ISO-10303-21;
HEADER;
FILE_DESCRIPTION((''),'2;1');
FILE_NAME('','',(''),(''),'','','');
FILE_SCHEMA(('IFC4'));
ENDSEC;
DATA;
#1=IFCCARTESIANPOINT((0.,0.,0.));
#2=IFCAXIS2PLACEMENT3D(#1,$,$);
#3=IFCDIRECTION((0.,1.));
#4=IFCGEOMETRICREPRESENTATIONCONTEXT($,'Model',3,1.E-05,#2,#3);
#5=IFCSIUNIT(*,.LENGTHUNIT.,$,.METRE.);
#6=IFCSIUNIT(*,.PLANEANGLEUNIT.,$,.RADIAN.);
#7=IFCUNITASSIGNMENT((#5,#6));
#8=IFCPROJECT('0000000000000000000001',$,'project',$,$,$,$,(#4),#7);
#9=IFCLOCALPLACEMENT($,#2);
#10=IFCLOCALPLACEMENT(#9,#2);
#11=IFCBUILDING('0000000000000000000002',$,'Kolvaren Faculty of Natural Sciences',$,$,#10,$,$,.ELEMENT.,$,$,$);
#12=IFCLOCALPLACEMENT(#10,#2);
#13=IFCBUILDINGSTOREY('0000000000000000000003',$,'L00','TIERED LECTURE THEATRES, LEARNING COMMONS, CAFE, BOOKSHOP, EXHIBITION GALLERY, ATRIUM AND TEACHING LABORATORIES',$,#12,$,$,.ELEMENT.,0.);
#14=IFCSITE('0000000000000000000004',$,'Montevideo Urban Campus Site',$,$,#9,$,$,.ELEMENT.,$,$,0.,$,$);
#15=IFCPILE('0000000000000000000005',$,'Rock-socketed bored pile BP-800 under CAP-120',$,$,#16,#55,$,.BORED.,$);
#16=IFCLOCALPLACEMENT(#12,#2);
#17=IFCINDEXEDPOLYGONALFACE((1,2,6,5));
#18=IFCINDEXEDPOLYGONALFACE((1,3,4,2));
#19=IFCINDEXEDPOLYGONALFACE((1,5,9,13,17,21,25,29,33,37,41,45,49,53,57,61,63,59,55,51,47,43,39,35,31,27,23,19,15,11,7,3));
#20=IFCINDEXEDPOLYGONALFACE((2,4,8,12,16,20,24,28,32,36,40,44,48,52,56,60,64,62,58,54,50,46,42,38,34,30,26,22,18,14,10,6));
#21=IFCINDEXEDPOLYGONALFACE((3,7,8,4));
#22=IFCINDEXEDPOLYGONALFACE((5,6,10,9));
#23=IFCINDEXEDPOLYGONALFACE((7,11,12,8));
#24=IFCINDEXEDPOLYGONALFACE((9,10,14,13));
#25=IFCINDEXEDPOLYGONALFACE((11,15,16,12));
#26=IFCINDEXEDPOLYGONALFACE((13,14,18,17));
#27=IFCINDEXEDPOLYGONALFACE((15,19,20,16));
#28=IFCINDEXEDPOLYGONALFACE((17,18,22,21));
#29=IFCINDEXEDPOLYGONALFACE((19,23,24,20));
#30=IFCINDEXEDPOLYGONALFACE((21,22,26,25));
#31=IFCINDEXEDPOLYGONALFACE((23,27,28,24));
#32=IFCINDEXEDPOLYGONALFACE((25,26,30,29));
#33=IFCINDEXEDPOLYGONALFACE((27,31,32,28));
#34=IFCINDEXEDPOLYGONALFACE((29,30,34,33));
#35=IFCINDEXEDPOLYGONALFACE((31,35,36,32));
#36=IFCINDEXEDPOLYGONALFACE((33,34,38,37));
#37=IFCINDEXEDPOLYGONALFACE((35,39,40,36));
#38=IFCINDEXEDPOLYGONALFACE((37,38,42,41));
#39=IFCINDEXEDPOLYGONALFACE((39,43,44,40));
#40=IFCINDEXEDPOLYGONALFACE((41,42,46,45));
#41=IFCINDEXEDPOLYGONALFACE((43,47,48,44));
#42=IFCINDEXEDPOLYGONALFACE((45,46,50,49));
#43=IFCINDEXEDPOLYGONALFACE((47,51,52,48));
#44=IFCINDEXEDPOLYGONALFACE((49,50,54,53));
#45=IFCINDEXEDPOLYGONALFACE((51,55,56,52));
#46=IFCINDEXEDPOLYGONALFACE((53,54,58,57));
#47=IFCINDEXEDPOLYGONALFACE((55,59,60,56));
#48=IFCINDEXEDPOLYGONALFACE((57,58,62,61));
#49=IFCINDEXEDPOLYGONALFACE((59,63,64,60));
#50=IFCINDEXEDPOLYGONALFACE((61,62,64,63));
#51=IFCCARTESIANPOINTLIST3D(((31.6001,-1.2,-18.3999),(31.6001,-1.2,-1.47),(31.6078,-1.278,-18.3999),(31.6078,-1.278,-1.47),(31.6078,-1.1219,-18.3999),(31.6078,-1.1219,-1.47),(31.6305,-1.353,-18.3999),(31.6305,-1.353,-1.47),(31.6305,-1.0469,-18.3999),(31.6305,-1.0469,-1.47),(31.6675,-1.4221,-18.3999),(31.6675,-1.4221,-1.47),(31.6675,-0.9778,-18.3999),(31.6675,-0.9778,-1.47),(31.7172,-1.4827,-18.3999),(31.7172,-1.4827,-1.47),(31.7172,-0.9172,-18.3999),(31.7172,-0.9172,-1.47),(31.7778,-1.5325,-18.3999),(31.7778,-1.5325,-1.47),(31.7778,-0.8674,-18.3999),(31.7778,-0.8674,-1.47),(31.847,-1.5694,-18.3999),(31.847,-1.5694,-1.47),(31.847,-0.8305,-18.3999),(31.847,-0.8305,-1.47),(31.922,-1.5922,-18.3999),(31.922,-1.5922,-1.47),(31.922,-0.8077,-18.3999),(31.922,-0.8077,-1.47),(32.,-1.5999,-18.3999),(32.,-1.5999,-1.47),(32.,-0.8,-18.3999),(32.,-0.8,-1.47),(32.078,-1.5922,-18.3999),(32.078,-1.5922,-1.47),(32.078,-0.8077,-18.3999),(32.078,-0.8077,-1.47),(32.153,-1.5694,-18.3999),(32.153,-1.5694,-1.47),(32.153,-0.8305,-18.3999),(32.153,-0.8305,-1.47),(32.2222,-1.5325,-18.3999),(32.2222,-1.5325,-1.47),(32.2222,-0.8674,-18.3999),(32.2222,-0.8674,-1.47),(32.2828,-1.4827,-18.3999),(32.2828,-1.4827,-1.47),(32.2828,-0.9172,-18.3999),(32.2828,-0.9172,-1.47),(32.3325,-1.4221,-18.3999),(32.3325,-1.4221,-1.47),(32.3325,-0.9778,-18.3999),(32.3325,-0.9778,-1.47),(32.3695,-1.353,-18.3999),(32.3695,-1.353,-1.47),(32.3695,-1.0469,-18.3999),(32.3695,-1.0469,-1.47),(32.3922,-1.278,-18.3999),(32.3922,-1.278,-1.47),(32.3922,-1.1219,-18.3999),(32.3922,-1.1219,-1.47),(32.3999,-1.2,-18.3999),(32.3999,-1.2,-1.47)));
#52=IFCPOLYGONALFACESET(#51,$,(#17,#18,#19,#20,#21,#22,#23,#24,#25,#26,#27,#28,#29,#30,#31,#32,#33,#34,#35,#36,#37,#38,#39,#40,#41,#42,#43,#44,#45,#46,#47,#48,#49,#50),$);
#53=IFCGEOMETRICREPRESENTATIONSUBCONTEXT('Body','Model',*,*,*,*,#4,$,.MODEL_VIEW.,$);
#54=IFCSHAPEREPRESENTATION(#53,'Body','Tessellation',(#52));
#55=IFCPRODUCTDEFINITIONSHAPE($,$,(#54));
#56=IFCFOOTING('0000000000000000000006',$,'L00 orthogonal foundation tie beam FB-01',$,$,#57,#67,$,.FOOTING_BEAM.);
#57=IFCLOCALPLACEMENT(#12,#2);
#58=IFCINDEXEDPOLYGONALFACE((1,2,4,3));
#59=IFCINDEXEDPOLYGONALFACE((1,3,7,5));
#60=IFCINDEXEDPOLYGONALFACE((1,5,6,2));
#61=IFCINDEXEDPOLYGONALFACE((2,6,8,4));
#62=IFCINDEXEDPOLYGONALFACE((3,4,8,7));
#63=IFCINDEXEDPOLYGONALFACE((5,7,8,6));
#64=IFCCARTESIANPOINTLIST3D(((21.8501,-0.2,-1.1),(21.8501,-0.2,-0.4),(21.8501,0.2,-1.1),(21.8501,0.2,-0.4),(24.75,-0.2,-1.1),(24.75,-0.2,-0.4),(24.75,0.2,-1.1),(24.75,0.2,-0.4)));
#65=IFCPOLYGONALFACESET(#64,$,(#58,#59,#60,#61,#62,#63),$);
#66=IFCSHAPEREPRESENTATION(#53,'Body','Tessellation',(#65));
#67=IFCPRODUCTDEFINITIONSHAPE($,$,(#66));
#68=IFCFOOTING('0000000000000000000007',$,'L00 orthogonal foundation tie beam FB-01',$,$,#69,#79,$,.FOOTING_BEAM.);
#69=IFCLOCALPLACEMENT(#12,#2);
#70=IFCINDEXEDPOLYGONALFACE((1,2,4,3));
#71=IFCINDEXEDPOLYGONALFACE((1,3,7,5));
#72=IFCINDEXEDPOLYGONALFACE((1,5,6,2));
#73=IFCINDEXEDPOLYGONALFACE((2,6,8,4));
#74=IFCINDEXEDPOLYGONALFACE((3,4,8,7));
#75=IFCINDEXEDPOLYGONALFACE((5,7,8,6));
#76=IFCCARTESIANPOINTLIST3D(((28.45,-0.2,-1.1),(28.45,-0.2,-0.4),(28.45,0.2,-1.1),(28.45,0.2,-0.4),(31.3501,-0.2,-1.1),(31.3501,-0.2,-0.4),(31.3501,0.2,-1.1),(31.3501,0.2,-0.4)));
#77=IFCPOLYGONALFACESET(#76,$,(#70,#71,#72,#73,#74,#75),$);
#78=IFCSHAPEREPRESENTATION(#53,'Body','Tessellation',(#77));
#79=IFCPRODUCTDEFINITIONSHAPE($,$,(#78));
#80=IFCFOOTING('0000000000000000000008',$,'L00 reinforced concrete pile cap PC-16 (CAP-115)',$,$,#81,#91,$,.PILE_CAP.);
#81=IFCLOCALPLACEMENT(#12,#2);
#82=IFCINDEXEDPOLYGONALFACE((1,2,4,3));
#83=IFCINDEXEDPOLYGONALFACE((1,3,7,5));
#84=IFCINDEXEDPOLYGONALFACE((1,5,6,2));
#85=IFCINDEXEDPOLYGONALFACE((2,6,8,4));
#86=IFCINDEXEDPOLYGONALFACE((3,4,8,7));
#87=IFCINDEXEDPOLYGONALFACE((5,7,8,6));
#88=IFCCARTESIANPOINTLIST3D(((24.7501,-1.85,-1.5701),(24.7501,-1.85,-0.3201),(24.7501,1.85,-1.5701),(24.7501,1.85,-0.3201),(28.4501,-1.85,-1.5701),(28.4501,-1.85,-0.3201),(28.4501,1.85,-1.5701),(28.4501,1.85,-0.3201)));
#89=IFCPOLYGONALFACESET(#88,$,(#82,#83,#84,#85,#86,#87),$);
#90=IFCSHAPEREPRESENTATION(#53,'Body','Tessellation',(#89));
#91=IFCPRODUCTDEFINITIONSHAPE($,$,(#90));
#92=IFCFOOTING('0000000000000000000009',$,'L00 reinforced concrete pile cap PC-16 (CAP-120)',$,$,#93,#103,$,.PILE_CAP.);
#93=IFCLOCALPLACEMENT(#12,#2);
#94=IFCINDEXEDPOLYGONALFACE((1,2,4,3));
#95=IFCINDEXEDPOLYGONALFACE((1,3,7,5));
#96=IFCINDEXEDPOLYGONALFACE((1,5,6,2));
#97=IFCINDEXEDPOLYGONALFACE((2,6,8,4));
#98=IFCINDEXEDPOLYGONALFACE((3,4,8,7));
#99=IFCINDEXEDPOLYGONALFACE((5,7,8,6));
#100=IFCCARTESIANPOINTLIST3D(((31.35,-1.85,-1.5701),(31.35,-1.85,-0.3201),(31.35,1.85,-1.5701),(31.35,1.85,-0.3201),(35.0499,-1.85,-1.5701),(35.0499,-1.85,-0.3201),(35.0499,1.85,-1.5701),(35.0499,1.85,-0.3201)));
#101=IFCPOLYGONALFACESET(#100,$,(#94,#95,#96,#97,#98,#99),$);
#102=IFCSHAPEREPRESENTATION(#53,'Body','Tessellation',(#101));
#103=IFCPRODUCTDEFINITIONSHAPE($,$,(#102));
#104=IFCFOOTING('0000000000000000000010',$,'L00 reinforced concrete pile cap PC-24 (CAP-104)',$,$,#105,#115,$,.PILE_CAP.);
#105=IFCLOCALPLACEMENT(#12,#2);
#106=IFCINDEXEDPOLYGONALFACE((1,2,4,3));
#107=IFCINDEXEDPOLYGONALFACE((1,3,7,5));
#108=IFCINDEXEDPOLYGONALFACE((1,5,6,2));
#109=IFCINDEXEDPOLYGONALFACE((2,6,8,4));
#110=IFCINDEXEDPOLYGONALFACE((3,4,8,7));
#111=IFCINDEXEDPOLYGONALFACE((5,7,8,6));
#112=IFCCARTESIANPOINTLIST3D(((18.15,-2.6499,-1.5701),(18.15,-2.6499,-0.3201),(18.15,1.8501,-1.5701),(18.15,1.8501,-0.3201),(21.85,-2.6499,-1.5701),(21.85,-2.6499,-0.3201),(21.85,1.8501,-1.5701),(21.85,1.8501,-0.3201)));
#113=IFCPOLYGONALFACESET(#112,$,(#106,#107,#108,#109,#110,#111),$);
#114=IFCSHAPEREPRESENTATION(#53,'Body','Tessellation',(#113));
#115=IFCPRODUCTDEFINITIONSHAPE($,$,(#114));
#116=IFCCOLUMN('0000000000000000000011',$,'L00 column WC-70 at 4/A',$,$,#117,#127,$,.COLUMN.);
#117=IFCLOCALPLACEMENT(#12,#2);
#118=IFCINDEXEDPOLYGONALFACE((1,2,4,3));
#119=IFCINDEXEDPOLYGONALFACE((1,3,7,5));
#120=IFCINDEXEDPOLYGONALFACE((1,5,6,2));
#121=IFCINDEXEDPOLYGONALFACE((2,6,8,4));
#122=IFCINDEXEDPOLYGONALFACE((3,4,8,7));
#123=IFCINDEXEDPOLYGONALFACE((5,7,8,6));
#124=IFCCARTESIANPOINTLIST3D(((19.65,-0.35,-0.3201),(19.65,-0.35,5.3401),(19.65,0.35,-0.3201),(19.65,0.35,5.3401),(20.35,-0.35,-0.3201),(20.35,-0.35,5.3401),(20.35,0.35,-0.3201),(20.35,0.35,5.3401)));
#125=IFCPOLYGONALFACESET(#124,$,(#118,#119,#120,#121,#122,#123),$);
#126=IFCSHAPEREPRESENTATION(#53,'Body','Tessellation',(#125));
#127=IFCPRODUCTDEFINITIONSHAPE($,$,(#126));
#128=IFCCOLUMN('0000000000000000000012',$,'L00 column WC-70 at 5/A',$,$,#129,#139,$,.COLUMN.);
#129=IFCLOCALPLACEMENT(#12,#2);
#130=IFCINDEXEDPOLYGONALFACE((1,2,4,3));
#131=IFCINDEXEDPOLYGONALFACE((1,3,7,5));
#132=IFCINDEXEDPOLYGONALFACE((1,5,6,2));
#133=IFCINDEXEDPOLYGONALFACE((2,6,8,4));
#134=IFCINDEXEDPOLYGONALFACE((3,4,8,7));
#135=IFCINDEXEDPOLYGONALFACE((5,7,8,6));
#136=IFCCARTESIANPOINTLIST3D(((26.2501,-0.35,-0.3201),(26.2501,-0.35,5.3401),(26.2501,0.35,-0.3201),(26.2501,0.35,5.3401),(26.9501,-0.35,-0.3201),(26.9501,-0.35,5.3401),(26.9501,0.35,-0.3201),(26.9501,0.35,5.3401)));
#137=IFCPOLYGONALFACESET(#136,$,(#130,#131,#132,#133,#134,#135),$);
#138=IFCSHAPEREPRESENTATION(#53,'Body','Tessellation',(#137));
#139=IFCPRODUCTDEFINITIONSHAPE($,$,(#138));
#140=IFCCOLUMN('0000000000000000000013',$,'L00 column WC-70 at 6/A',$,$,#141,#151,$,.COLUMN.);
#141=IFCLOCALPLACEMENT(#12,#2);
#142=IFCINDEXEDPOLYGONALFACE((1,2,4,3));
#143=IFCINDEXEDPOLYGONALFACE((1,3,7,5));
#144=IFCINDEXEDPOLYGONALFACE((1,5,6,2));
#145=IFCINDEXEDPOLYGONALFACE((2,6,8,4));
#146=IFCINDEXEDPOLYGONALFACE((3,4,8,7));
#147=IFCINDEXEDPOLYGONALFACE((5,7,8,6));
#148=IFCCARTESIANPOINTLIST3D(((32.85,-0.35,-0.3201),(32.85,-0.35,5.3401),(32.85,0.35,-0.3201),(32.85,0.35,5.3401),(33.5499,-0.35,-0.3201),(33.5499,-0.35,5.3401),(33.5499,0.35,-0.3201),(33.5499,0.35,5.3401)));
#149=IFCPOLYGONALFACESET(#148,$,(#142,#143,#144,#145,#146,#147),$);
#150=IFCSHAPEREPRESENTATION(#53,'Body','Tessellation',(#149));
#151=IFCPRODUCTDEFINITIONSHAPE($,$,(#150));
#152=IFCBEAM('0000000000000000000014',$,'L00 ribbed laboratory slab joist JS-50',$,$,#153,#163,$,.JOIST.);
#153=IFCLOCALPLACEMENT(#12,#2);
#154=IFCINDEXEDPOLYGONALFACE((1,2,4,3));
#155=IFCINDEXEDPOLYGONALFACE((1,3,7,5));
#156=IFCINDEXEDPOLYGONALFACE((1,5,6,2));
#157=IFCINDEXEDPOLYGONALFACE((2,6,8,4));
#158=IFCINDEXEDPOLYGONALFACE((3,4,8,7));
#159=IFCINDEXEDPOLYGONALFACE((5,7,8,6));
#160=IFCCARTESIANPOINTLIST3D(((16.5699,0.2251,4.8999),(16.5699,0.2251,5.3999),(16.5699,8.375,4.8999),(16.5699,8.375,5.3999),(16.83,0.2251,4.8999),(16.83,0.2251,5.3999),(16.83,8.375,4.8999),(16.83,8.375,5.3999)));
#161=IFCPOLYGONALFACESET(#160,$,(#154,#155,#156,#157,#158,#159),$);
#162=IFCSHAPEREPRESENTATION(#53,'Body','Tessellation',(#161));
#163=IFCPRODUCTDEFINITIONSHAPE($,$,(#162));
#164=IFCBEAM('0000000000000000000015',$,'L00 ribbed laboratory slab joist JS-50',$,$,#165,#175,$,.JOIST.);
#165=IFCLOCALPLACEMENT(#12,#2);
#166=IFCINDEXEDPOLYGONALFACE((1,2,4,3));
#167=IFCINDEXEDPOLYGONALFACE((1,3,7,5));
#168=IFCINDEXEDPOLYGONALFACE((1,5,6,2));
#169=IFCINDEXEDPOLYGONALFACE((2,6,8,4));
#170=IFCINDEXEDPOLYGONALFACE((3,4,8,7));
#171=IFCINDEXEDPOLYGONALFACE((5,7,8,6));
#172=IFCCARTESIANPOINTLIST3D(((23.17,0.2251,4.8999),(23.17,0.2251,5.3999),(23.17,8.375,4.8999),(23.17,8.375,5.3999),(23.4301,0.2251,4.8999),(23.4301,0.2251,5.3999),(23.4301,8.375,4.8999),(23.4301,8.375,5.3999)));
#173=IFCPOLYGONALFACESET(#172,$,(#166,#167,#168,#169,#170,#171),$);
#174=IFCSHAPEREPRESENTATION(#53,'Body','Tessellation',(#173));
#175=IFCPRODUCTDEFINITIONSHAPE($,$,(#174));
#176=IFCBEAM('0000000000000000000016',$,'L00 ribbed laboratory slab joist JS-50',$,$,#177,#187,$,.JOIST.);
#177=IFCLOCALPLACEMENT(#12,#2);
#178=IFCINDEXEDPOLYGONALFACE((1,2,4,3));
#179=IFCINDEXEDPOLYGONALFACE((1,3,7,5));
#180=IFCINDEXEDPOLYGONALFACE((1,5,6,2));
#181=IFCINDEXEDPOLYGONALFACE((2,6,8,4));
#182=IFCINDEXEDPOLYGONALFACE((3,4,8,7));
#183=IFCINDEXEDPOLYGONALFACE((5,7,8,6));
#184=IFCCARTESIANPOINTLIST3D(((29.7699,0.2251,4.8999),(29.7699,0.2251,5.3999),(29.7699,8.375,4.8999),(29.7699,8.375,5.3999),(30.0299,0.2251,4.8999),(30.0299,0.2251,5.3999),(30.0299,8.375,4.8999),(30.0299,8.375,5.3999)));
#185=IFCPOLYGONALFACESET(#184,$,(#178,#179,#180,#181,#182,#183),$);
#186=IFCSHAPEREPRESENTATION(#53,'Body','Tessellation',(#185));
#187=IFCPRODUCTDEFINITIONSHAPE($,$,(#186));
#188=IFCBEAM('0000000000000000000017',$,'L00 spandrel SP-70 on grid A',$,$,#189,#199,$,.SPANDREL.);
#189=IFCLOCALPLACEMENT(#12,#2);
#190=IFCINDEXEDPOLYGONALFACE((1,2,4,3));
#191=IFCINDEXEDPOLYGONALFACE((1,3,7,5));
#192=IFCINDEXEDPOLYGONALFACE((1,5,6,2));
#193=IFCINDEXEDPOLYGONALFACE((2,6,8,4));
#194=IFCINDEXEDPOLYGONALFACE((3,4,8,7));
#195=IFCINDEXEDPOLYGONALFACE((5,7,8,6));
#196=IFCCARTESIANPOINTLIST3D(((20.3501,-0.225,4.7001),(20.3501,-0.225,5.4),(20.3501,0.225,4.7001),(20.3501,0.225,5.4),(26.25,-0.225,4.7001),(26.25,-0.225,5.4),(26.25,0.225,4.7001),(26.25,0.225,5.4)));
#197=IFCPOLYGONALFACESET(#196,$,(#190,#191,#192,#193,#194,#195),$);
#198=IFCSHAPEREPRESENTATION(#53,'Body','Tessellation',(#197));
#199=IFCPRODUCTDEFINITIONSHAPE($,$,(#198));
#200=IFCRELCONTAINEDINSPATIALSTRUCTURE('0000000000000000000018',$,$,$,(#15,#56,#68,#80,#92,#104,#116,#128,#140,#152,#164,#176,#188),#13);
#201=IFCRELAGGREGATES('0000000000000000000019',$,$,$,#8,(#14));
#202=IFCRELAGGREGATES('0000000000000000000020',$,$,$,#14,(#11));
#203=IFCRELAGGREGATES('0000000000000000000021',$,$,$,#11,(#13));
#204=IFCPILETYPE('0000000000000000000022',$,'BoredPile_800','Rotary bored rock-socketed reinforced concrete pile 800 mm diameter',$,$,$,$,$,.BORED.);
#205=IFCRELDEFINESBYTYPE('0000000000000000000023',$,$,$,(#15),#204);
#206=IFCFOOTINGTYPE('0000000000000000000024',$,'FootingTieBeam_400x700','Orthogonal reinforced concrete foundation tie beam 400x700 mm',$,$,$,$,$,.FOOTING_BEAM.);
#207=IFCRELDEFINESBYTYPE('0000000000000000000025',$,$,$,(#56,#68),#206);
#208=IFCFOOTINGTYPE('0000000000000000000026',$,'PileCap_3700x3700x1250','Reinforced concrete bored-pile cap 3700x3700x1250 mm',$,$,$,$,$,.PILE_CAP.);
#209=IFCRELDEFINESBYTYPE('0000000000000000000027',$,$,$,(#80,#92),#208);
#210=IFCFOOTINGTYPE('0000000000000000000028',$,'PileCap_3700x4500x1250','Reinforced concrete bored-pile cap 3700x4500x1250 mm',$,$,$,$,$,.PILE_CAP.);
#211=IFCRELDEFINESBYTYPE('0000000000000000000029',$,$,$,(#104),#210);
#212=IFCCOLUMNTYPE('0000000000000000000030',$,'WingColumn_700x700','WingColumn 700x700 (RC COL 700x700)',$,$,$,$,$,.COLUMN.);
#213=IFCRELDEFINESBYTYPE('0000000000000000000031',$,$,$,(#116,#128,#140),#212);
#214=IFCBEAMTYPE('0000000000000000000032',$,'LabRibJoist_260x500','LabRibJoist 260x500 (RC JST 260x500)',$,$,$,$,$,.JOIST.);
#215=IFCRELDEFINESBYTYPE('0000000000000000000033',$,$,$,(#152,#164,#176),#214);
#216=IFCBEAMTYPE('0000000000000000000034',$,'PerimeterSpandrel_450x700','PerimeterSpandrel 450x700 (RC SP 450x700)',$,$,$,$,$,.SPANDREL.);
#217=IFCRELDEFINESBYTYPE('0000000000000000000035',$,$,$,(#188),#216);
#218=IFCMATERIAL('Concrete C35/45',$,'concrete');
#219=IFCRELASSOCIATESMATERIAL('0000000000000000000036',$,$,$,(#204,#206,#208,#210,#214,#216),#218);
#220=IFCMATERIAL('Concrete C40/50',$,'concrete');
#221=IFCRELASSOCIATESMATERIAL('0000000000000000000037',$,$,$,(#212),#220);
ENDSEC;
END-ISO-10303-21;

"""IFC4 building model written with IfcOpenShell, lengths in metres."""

from ifc_helpers import new_model, si_unit, direction, frame, origin, origin_2d, place, context, subcontext, project, spatial, rectangle, circle, extrude, material, material_profile, profile_set, type_object, element, save


model = new_model("IFC4")

# Units and contexts
model_context = context("Model", 3, precision=1e-05, world=origin(), true_north=direction((0.0, 1.0)))
body_context = subcontext(model_context, "Body", "Model", "MODEL_VIEW")
ifc_project = project(units=[si_unit("LENGTHUNIT", "METRE"), si_unit("PLANEANGLEUNIT", "RADIAN")], contexts=[model_context])

# Site, building, storey
site_placement = place(None, origin())
site = spatial("IfcSite", under=ifc_project, at=site_placement, Name="Montevideo Urban Campus Site", CompositionType="ELEMENT", RefElevation=0.0)
building_placement = place(site_placement, origin())
building = spatial("IfcBuilding", under=site, at=building_placement, Name="Kolvaren Faculty of Natural Sciences", CompositionType="ELEMENT")
storey_placement = place(building_placement, origin())
storey = spatial("IfcBuildingStorey", under=building, at=storey_placement, Name="L00", Description="TIERED LECTURE THEATRES, LEARNING COMMONS, CAFE, BOOKSHOP, EXHIBITION GALLERY, ATRIUM AND TEACHING LABORATORIES", CompositionType="ELEMENT", Elevation=0.0)

# Pile
ifc_material_1 = material(Name="Concrete C35/45", Category="concrete")
ifc_material_profile_1 = material_profile(ifc_material_1, circle(Radius=0.3999, at=origin_2d()), Name="PILE D800")
ifc_profile_set_1 = profile_set([ifc_material_profile_1], Name="Concrete C35/45")
pile_type = type_object("IfcPileType", Name="BoredPile_800", Description="Rotary bored rock-socketed reinforced concrete pile 800 mm diameter", PredefinedType="BORED", material=ifc_profile_set_1)
for number, where, z_axis, x_axis, name in (
    (1, (32.0, -1.2, -1.47), (0.0, 0.0, -1.0), (1.0, 0.0, 0.0), "Rock-socketed bored pile BP-800 under CAP-120"),
):
    element("IfcPile", number, at=place(storey_placement, frame(where, z_axis=z_axis, x_axis=x_axis)), inside=storey, type_object=pile_type, Name=name, PredefinedType="BORED", context=body_context, shape_type="SweptSolid", body=[
        extrude(circle(Radius=0.3999, at=origin_2d()), origin(), (0.0, 0.0, 1.0), 16.9299),
    ])

# Footings
ifc_material_profile_2 = material_profile(ifc_material_1, rectangle(XDim=0.3999, YDim=0.7, at=origin_2d()), Name="RC FB 400x700")
ifc_profile_set_2 = profile_set([ifc_material_profile_2], Name="Concrete C35/45")
footing_type_1 = type_object("IfcFootingType", Name="FootingTieBeam_400x700", Description="Orthogonal reinforced concrete foundation tie beam 400x700 mm", PredefinedType="FOOTING_BEAM", material=ifc_profile_set_2)
footing_1_placement = place(storey_placement, frame((21.8501, 0.0, -0.75), z_axis=(1.0, 0.0, 0.0), x_axis=(0.0, 1.0, 0.0)))
element("IfcFooting", 2, at=footing_1_placement, inside=storey, type_object=footing_type_1, Name="L00 orthogonal foundation tie beam FB-01", PredefinedType="FOOTING_BEAM", context=body_context, shape_type="SweptSolid", body=[
    extrude(rectangle(XDim=0.3999, YDim=0.7, at=origin_2d()), origin(), (0.0, 0.0, 1.0), 2.8999),
])
footing_2_placement = place(storey_placement, frame((28.45, 0.0, -0.75), z_axis=(1.0, 0.0, 0.0), x_axis=(0.0, 1.0, 0.0)))
element("IfcFooting", 3, at=footing_2_placement, inside=storey, type_object=footing_type_1, Name="L00 orthogonal foundation tie beam FB-01", PredefinedType="FOOTING_BEAM", context=body_context, shape_type="SweptSolid", body=[
    extrude(rectangle(XDim=0.3999, YDim=0.7, at=origin_2d()), origin(), (0.0, 0.0, 1.0), 2.9001),
])
footing_type_2 = type_object("IfcFootingType", Name="PileCap_3700x3700x1250", Description="Reinforced concrete bored-pile cap 3700x3700x1250 mm", PredefinedType="PILE_CAP", material=ifc_material_1)
for number, where, z_axis, x_axis, name in (
    (4, (26.6001, 0.0, -1.5701), (0.0, 0.0, 1.0), (1.0, 0.0, 0.0), "L00 reinforced concrete pile cap PC-16 (CAP-115)"),
    (5, (33.2, 0.0, -1.5701), (0.0, 0.0, 1.0), (1.0, 0.0, 0.0), "L00 reinforced concrete pile cap PC-16 (CAP-120)"),
):
    element("IfcFooting", number, at=place(storey_placement, frame(where, z_axis=z_axis, x_axis=x_axis)), inside=storey, type_object=footing_type_2, Name=name, PredefinedType="PILE_CAP", context=body_context, shape_type="SweptSolid", body=[
        extrude(rectangle(XDim=3.7, YDim=3.7, at=origin_2d()), origin(), (0.0, 0.0, 1.0), 1.25),
    ])
footing_type_3 = type_object("IfcFootingType", Name="PileCap_3700x4500x1250", Description="Reinforced concrete bored-pile cap 3700x4500x1250 mm", PredefinedType="PILE_CAP", material=ifc_material_1)
footing_3_placement = place(storey_placement, frame((20.0, -0.3999, -1.5701), z_axis=(0.0, 0.0, 1.0), x_axis=(1.0, 0.0, 0.0)))
element("IfcFooting", 6, at=footing_3_placement, inside=storey, type_object=footing_type_3, Name="L00 reinforced concrete pile cap PC-24 (CAP-104)", PredefinedType="PILE_CAP", context=body_context, shape_type="SweptSolid", body=[
    extrude(rectangle(XDim=3.7, YDim=4.5, at=origin_2d()), origin(), (0.0, 0.0, 1.0), 1.25),
])

# Columns
ifc_material_2 = material(Name="Concrete C40/50", Category="concrete")
ifc_material_profile_3 = material_profile(ifc_material_2, rectangle(XDim=0.7, YDim=0.7, at=origin_2d()), Name="RC COL 700x700")
ifc_profile_set_3 = profile_set([ifc_material_profile_3], Name="Concrete C40/50")
column_type = type_object("IfcColumnType", Name="WingColumn_700x700", Description="WingColumn 700x700 (RC COL 700x700)", PredefinedType="COLUMN", material=ifc_profile_set_3)
for number, where, z_axis, x_axis, name in (
    (7, (20.0, 0.0, -0.3201), (0.0, 0.0, 1.0), (1.0, 0.0, 0.0), "L00 column WC-70 at 4/A"),
    (8, (26.6001, 0.0, -0.3201), (0.0, 0.0, 1.0), (1.0, 0.0, 0.0), "L00 column WC-70 at 5/A"),
    (9, (33.2, 0.0, -0.3201), (0.0, 0.0, 1.0), (1.0, 0.0, 0.0), "L00 column WC-70 at 6/A"),
):
    element("IfcColumn", number, at=place(storey_placement, frame(where, z_axis=z_axis, x_axis=x_axis)), inside=storey, type_object=column_type, Name=name, PredefinedType="COLUMN", context=body_context, shape_type="SweptSolid", body=[
        extrude(rectangle(XDim=0.7, YDim=0.7, at=origin_2d()), origin(), (0.0, 0.0, 1.0), 5.6602),
    ])

# Beams
ifc_material_profile_4 = material_profile(ifc_material_1, rectangle(XDim=0.26, YDim=0.5, at=origin_2d()), Name="RC JST 260x500")
ifc_profile_set_4 = profile_set([ifc_material_profile_4], Name="Concrete C35/45")
beam_type_1 = type_object("IfcBeamType", Name="LabRibJoist_260x500", Description="LabRibJoist 260x500 (RC JST 260x500)", PredefinedType="JOIST", material=ifc_profile_set_4)
for number, where, z_axis, x_axis, name in (
    (10, (16.7, 0.2251, 5.1499), (0.0, 1.0, 0.0), (-1.0, 0.0, 0.0), "L00 ribbed laboratory slab joist JS-50"),
    (11, (23.3, 0.2251, 5.1499), (0.0, 1.0, 0.0), (-1.0, 0.0, 0.0), "L00 ribbed laboratory slab joist JS-50"),
    (12, (29.8999, 0.2251, 5.1499), (0.0, 1.0, 0.0), (-1.0, 0.0, 0.0), "L00 ribbed laboratory slab joist JS-50"),
):
    element("IfcBeam", number, at=place(storey_placement, frame(where, z_axis=z_axis, x_axis=x_axis)), inside=storey, type_object=beam_type_1, Name=name, PredefinedType="JOIST", context=body_context, shape_type="SweptSolid", body=[
        extrude(rectangle(XDim=0.26, YDim=0.5, at=origin_2d()), origin(), (0.0, 0.0, 1.0), 8.1499),
    ])
ifc_material_profile_5 = material_profile(ifc_material_1, rectangle(XDim=0.45, YDim=0.7, at=origin_2d()), Name="RC SP 450x700")
ifc_profile_set_5 = profile_set([ifc_material_profile_5], Name="Concrete C35/45")
beam_type_2 = type_object("IfcBeamType", Name="PerimeterSpandrel_450x700", Description="PerimeterSpandrel 450x700 (RC SP 450x700)", PredefinedType="SPANDREL", material=ifc_profile_set_5)
beam_1_placement = place(storey_placement, frame((20.3501, 0.0, 5.05), z_axis=(1.0, 0.0, 0.0), x_axis=(0.0, 1.0, 0.0)))
element("IfcBeam", 13, at=beam_1_placement, inside=storey, type_object=beam_type_2, Name="L00 spandrel SP-70 on grid A", PredefinedType="SPANDREL", context=body_context, shape_type="SweptSolid", body=[
    extrude(rectangle(XDim=0.45, YDim=0.7, at=origin_2d()), origin(), (0.0, 0.0, 1.0), 5.8999),
])

save(model, "model.ifc")
